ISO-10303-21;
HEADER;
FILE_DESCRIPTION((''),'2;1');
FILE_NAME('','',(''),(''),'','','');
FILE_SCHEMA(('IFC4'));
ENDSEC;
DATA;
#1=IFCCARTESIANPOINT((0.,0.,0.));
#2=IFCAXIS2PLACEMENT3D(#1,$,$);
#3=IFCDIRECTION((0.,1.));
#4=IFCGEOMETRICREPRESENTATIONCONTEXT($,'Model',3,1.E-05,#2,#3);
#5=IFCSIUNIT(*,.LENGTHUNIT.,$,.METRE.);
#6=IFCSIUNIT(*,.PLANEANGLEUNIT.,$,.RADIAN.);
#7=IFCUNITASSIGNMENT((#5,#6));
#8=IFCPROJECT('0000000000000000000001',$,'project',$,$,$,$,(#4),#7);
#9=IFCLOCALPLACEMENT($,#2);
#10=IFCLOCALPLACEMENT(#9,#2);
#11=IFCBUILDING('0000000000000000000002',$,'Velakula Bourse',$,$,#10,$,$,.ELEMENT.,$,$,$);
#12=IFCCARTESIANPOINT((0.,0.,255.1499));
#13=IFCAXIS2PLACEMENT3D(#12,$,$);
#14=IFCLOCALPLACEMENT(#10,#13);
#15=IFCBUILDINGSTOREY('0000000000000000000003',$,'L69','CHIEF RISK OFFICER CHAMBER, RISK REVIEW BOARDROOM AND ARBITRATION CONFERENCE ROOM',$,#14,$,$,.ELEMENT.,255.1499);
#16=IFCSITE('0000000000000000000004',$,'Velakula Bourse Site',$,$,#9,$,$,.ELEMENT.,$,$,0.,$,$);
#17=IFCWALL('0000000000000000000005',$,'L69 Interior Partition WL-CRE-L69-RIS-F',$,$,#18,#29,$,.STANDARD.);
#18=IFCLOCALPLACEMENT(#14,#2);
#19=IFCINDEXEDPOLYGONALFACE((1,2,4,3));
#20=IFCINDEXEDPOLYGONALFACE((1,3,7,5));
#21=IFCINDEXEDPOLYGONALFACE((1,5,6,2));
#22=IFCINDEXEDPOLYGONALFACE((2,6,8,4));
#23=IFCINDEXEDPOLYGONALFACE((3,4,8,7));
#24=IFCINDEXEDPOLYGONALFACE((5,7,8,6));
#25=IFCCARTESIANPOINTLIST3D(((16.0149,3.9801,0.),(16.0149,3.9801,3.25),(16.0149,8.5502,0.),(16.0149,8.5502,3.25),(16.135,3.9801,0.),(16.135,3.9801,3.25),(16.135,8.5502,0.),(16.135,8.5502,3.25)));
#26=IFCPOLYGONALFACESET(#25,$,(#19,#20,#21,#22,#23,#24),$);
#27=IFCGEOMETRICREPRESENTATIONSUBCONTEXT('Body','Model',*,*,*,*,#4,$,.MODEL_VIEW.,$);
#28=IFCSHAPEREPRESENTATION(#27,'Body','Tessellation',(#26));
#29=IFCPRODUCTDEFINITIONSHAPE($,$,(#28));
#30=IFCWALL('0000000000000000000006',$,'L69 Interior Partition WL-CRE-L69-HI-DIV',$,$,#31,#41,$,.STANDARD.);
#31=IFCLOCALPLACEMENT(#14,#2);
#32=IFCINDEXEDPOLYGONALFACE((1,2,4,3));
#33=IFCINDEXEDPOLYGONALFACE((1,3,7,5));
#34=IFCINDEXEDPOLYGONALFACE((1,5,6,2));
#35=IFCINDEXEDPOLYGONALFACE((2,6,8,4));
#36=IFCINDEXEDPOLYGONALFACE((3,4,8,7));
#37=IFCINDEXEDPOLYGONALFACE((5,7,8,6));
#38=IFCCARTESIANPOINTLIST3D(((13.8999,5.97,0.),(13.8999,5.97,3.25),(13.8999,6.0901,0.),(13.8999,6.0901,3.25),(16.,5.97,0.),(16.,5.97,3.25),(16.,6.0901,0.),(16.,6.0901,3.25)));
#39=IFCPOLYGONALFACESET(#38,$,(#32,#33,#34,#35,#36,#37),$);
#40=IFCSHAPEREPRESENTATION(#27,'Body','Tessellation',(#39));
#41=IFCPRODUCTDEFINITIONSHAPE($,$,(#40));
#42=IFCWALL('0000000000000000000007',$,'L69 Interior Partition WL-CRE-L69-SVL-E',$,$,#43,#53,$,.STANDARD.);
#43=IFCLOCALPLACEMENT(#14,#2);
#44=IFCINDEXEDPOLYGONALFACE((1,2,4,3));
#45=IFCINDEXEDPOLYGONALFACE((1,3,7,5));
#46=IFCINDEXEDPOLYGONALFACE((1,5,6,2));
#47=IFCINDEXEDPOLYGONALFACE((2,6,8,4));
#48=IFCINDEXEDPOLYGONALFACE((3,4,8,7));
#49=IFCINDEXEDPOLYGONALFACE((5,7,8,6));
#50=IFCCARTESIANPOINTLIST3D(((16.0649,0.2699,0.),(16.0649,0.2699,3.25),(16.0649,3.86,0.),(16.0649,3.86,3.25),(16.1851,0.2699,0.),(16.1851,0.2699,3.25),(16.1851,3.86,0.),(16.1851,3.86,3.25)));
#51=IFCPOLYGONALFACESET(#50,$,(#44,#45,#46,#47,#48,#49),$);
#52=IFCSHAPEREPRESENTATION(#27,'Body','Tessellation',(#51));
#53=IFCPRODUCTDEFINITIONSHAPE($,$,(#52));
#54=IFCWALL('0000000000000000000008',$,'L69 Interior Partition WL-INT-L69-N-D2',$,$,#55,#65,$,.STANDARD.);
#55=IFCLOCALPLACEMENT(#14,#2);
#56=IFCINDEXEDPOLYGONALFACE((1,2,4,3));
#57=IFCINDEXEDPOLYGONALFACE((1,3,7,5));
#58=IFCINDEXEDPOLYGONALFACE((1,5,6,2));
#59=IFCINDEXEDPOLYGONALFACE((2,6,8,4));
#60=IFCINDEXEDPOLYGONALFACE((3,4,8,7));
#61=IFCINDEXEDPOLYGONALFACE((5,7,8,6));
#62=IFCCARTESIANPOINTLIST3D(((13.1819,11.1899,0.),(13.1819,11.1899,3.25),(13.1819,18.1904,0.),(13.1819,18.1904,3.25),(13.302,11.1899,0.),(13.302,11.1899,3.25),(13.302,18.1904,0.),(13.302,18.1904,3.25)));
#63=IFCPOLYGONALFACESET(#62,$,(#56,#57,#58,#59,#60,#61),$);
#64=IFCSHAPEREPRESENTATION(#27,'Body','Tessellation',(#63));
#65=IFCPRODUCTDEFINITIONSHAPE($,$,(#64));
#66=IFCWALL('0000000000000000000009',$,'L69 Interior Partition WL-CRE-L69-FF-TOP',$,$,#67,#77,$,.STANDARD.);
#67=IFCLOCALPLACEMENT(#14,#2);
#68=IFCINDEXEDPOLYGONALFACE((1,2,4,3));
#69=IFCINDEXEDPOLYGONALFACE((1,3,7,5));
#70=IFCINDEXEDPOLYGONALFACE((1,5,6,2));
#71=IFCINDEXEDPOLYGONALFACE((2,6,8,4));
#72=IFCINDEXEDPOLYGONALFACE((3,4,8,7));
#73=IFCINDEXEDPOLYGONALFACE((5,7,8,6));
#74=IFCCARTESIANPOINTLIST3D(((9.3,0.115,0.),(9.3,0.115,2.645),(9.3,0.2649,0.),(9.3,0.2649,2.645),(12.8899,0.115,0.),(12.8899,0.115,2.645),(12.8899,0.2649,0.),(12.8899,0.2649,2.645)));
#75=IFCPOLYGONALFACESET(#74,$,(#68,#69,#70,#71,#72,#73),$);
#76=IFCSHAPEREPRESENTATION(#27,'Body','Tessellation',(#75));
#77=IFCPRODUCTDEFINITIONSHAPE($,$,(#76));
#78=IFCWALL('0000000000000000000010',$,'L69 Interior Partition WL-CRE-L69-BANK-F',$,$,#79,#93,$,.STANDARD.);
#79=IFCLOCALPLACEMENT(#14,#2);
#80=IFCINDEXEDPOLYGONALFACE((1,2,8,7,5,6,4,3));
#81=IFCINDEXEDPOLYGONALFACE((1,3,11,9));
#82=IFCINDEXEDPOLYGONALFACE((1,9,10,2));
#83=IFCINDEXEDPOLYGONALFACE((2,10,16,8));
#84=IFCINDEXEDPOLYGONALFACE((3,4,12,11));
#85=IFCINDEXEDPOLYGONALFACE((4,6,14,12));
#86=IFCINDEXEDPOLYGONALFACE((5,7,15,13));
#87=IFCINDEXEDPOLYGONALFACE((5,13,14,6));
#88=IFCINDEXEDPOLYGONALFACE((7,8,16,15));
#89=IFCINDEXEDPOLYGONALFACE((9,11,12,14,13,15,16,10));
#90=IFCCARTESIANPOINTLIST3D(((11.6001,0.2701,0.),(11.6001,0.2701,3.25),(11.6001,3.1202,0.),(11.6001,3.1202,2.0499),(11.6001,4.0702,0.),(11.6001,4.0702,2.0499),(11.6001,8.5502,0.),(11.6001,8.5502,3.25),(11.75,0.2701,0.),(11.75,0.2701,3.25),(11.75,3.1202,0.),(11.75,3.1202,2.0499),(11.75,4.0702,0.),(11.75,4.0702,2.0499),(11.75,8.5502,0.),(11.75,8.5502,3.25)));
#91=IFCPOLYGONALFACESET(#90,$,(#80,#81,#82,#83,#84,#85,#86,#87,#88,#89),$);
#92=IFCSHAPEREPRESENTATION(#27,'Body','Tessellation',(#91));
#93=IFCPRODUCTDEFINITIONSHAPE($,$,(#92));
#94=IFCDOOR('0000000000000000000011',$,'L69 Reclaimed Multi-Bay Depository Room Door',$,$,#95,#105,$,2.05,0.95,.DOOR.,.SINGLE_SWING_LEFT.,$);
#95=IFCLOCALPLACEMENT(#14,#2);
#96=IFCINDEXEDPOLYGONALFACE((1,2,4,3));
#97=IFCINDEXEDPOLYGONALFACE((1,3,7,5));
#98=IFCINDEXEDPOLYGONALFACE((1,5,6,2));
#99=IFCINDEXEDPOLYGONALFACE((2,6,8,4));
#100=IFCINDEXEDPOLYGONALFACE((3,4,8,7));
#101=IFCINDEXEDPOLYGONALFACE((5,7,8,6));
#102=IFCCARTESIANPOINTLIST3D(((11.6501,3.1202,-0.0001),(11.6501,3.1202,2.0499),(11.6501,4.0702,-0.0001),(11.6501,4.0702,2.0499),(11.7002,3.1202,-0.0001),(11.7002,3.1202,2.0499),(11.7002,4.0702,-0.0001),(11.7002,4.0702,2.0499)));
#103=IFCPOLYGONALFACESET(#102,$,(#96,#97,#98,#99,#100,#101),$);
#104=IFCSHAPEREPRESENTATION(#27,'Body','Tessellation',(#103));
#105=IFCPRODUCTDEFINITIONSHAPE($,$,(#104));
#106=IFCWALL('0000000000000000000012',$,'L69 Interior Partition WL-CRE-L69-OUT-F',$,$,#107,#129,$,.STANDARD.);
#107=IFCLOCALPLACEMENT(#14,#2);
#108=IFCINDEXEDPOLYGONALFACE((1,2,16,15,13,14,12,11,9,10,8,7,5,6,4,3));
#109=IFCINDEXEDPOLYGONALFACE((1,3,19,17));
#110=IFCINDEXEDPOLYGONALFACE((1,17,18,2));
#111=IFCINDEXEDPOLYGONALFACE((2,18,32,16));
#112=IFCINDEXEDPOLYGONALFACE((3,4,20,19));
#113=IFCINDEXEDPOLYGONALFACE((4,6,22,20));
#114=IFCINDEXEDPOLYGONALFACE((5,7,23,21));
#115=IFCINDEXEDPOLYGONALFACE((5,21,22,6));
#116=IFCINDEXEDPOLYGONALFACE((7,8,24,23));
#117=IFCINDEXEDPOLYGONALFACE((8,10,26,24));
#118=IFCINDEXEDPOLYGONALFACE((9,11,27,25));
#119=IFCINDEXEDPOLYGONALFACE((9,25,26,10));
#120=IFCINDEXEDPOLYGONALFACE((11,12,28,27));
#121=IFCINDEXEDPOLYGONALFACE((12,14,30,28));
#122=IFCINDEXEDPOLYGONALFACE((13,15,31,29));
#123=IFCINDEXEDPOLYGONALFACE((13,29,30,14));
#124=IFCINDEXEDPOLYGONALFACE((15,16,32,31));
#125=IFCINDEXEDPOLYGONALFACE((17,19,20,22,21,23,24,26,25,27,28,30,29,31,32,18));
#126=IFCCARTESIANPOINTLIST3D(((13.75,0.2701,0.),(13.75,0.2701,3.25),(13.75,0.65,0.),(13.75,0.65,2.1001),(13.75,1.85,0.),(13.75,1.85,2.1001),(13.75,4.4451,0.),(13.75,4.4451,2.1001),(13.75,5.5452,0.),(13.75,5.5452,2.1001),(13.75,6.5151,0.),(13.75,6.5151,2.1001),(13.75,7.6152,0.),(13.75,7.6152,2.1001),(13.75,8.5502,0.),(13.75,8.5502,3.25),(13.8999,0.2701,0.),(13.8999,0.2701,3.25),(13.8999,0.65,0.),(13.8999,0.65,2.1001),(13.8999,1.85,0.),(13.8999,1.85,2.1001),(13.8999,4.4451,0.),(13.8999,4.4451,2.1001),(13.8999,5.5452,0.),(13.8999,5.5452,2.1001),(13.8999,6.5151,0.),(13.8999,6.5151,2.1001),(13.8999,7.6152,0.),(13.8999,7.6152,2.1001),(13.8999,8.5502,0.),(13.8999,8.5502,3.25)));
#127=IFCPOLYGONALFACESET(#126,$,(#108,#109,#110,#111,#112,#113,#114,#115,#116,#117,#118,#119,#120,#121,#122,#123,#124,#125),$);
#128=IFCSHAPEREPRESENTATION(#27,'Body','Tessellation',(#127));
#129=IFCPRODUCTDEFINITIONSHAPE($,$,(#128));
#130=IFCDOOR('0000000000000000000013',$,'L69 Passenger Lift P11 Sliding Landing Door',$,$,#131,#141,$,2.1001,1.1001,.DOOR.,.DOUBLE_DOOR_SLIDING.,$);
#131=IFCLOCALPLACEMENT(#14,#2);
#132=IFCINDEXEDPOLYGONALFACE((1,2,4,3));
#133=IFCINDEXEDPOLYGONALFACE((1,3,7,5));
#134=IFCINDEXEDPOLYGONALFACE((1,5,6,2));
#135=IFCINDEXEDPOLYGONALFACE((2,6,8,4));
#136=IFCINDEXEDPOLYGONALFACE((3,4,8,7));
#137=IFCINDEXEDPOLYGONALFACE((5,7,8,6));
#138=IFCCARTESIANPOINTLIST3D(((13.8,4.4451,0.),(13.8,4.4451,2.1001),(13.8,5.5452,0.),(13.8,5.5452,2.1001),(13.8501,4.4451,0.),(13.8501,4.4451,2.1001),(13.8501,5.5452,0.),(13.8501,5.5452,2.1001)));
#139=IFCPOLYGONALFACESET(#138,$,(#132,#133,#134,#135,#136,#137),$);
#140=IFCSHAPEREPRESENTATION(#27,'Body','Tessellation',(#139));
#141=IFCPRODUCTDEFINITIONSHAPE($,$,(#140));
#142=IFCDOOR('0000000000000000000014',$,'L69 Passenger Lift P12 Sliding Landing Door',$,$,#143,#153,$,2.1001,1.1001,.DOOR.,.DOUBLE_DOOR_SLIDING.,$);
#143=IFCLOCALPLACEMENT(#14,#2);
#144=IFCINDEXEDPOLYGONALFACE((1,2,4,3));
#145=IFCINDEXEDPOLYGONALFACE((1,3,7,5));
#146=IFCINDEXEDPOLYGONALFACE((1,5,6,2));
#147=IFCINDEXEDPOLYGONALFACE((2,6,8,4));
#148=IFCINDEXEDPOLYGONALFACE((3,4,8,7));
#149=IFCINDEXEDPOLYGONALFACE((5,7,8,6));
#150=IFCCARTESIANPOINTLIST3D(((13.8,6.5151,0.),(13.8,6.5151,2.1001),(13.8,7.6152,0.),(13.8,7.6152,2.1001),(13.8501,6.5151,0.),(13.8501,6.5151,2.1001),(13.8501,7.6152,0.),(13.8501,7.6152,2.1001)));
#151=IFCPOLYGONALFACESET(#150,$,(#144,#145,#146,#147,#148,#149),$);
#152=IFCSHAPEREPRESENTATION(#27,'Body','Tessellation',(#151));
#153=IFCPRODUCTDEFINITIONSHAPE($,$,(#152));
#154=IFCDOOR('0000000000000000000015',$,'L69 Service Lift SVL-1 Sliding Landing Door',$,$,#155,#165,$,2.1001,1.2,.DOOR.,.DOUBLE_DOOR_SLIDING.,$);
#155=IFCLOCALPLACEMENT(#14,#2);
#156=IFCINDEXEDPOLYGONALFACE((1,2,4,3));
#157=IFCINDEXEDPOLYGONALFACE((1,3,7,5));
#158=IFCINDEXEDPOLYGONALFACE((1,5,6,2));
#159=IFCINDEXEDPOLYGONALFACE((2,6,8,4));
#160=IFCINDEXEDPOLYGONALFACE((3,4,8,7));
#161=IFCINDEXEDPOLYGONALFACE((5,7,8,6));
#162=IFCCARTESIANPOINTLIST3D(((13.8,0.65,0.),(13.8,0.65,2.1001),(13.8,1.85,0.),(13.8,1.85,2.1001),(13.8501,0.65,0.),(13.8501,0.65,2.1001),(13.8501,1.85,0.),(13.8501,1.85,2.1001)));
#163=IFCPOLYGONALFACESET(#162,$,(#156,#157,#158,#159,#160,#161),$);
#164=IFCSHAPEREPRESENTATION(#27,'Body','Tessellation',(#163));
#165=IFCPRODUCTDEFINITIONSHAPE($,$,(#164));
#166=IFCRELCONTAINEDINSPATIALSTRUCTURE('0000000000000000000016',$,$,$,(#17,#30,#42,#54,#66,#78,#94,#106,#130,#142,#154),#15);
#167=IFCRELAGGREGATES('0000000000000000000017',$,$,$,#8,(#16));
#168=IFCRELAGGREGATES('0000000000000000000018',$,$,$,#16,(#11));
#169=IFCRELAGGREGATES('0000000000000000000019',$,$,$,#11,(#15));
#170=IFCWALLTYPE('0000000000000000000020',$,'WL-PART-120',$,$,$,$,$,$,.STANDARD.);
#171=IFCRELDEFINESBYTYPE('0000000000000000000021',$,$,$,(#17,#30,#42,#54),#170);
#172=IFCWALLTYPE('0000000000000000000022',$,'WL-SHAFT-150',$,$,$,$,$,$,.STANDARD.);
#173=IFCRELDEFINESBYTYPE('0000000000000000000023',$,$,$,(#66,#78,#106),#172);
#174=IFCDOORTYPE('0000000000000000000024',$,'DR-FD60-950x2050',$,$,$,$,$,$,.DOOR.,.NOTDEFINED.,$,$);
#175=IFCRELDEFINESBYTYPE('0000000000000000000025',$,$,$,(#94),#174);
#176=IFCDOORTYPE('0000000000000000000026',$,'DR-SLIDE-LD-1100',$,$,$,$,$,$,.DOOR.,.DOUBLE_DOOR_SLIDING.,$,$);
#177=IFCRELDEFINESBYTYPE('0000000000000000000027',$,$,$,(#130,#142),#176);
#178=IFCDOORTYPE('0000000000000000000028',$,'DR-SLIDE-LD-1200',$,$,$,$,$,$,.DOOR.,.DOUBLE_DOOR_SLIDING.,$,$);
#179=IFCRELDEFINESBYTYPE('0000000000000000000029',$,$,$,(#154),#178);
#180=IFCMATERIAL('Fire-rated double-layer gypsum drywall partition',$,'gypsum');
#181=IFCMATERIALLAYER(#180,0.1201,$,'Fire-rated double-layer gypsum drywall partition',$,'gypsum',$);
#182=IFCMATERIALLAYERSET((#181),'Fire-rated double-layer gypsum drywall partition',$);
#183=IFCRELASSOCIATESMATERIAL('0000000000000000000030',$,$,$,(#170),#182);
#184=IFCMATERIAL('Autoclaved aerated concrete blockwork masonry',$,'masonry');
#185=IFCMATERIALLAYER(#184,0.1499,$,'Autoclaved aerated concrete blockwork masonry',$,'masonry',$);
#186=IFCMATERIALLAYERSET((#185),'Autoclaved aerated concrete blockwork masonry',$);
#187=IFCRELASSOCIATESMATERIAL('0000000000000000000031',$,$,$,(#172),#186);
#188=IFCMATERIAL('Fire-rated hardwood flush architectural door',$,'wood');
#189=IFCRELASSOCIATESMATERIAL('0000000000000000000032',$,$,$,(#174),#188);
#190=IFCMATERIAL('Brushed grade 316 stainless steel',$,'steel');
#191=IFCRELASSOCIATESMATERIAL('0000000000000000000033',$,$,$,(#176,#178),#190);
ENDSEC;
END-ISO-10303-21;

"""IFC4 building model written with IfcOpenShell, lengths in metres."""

from ifc_helpers import new_model, si_unit, direction, frame, frame_2d, origin, place, context, subcontext, project, spatial, rectangle, extrude, material, layer, layer_set, type_object, element, fill, save


model = new_model("IFC4")

# Units and contexts
model_context = context("Model", 3, precision=1e-05, world=origin(), true_north=direction((0.0, 1.0)))
body_context = subcontext(model_context, "Body", "Model", "MODEL_VIEW")
ifc_project = project(units=[si_unit("LENGTHUNIT", "METRE"), si_unit("PLANEANGLEUNIT", "RADIAN")], contexts=[model_context])

# Site, building, storey
site_placement = place(None, origin())
site = spatial("IfcSite", under=ifc_project, at=site_placement, Name="Velakula Bourse Site", CompositionType="ELEMENT", RefElevation=0.0)
building_placement = place(site_placement, origin())
building = spatial("IfcBuilding", under=site, at=building_placement, Name="Velakula Bourse", CompositionType="ELEMENT")
storey_placement = place(building_placement, frame((0.0, 0.0, 255.1499)))
storey = spatial("IfcBuildingStorey", under=building, at=storey_placement, Name="L69", Description="CHIEF RISK OFFICER CHAMBER, RISK REVIEW BOARDROOM AND ARBITRATION CONFERENCE ROOM", CompositionType="ELEMENT", Elevation=255.1499)

# Walls
ifc_material_1 = material(Name="Fire-rated double-layer gypsum drywall partition", Category="gypsum")
ifc_layer_1 = layer(ifc_material_1, 0.1201, Name="Fire-rated double-layer gypsum drywall partition", Category="gypsum")
ifc_layer_set_1 = layer_set([ifc_layer_1], Name="Fire-rated double-layer gypsum drywall partition")
wall_type_1 = type_object("IfcWallType", Name="WL-PART-120", PredefinedType="STANDARD", material=ifc_layer_set_1)
wall_1_placement = place(storey_placement, frame((16.075, 3.98, 0.0), z_axis=(0.0, 0.0, 1.0), x_axis=(0.0, 1.0, 0.0)))
element("IfcWall", 1, at=wall_1_placement, inside=storey, type_object=wall_type_1, Name="L69 Interior Partition WL-CRE-L69-RIS-F", PredefinedType="STANDARD", context=body_context, shape_type="SweptSolid", body=[
    extrude(rectangle(XDim=4.5701, YDim=0.1201, at=frame_2d((2.2852, 0.0))), origin(), (0.0, 0.0, 1.0), 3.25),
])
wall_2_placement = place(storey_placement, frame((13.8999, 6.03, 0.0), z_axis=(0.0, 0.0, 1.0), x_axis=(1.0, 0.0, 0.0)))
element("IfcWall", 2, at=wall_2_placement, inside=storey, type_object=wall_type_1, Name="L69 Interior Partition WL-CRE-L69-HI-DIV", PredefinedType="STANDARD", context=body_context, shape_type="SweptSolid", body=[
    extrude(rectangle(XDim=2.1001, YDim=0.1201, at=frame_2d((1.05, 0.0))), origin(), (0.0, 0.0, 1.0), 3.25),
])
wall_3_placement = place(storey_placement, frame((16.125, 0.27, 0.0), z_axis=(0.0, 0.0, 1.0), x_axis=(0.0, 1.0, 0.0)))
element("IfcWall", 3, at=wall_3_placement, inside=storey, type_object=wall_type_1, Name="L69 Interior Partition WL-CRE-L69-SVL-E", PredefinedType="STANDARD", context=body_context, shape_type="SweptSolid", body=[
    extrude(rectangle(XDim=3.5901, YDim=0.1201, at=frame_2d((1.7949, 0.0))), origin(), (0.0, 0.0, 1.0), 3.25),
])
wall_4_placement = place(storey_placement, frame((13.2419, 11.1899, 0.0), z_axis=(0.0, 0.0, 1.0), x_axis=(0.0, 1.0, 0.0)))
element("IfcWall", 4, at=wall_4_placement, inside=storey, type_object=wall_type_1, Name="L69 Interior Partition WL-INT-L69-N-D2", PredefinedType="STANDARD", context=body_context, shape_type="SweptSolid", body=[
    extrude(rectangle(XDim=7.0005, YDim=0.1201, at=frame_2d((3.5002, 0.0))), origin(), (0.0, 0.0, 1.0), 3.25),
])
ifc_material_2 = material(Name="Autoclaved aerated concrete blockwork masonry", Category="masonry")
ifc_layer_2 = layer(ifc_material_2, 0.1499, Name="Autoclaved aerated concrete blockwork masonry", Category="masonry")
ifc_layer_set_2 = layer_set([ifc_layer_2], Name="Autoclaved aerated concrete blockwork masonry")
wall_type_2 = type_object("IfcWallType", Name="WL-SHAFT-150", PredefinedType="STANDARD", material=ifc_layer_set_2)
wall_5_placement = place(storey_placement, frame((9.3, 0.1899, 0.0), z_axis=(0.0, 0.0, 1.0), x_axis=(1.0, 0.0, 0.0)))
element("IfcWall", 5, at=wall_5_placement, inside=storey, type_object=wall_type_2, Name="L69 Interior Partition WL-CRE-L69-FF-TOP", PredefinedType="STANDARD", context=body_context, shape_type="SweptSolid", body=[
    extrude(rectangle(XDim=3.5898, YDim=0.1499, at=frame_2d((1.7949, 0.0))), origin(), (0.0, 0.0, 1.0), 2.645),
])

# Wall, opening, door
wall_6_placement = place(storey_placement, frame((11.675, 0.27, 0.0), z_axis=(0.0, 0.0, 1.0), x_axis=(0.0, 1.0, 0.0)))
wall_6 = element("IfcWall", 6, at=wall_6_placement, inside=storey, type_object=wall_type_2, Name="L69 Interior Partition WL-CRE-L69-BANK-F", PredefinedType="STANDARD", context=body_context, shape_type="SweptSolid", body=[
    extrude(rectangle(XDim=8.28, YDim=0.1499, at=frame_2d((4.1401, 0.0))), origin(), (0.0, 0.0, 1.0), 3.25),
])
opening_1_placement = place(wall_6_placement, frame((2.8501, 0.0, 0.0)))
opening_1 = element("IfcOpeningElement", 7, at=opening_1_placement, cuts=wall_6, PredefinedType="OPENING", context=body_context, shape_type="SweptSolid", body=[
    extrude(rectangle(XDim=0.95, YDim=2.05, at=frame_2d((0.4751, 1.0249))), frame((0.0, 0.085, 0.0), z_axis=(0.0, -1.0, 0.0), x_axis=(1.0, 0.0, 0.0)), (0.0, 0.0, 1.0), 0.1699),
])
ifc_material_3 = material(Name="Fire-rated hardwood flush architectural door", Category="wood")
door_type_1 = type_object("IfcDoorType", Name="DR-FD60-950x2050", OperationType="NOTDEFINED", PredefinedType="DOOR", material=ifc_material_3)
door_1_placement = place(opening_1_placement, origin())
door_1 = element("IfcDoor", 8, at=door_1_placement, inside=storey, type_object=door_type_1, Name="L69 Reclaimed Multi-Bay Depository Room Door", OperationType="SINGLE_SWING_LEFT", OverallHeight=2.05, OverallWidth=0.95, PredefinedType="DOOR", context=body_context, shape_type="SweptSolid", body=[
    extrude(rectangle(XDim=0.95, YDim=2.05, at=frame_2d((0.4751, 1.0249))), frame((0.0, 0.0249, 0.0), z_axis=(0.0, -1.0, 0.0), x_axis=(1.0, 0.0, 0.0)), (0.0, 0.0, 1.0), 0.05),
])
fill(opening_1, door_1)

# Wall, openings, doors
wall_7_placement = place(storey_placement, frame((13.825, 0.27, 0.0), z_axis=(0.0, 0.0, 1.0), x_axis=(0.0, 1.0, 0.0)))
wall_7 = element("IfcWall", 9, at=wall_7_placement, inside=storey, type_object=wall_type_2, Name="L69 Interior Partition WL-CRE-L69-OUT-F", PredefinedType="STANDARD", context=body_context, shape_type="SweptSolid", body=[
    extrude(rectangle(XDim=8.28, YDim=0.1499, at=frame_2d((4.1401, 0.0))), origin(), (0.0, 0.0, 1.0), 3.25),
])
opening_2_placement = place(wall_7_placement, frame((4.175, 0.0, 0.0)))
opening_2 = element("IfcOpeningElement", 10, at=opening_2_placement, cuts=wall_7, PredefinedType="OPENING", context=body_context, shape_type="SweptSolid", body=[
    extrude(rectangle(XDim=1.1001, YDim=2.1001, at=frame_2d((0.55, 1.05))), frame((0.0, 0.085, 0.0), z_axis=(0.0, -1.0, 0.0), x_axis=(1.0, 0.0, 0.0)), (0.0, 0.0, 1.0), 0.1699),
])
opening_3_placement = place(wall_7_placement, frame((6.2451, 0.0, 0.0)))
opening_3 = element("IfcOpeningElement", 11, at=opening_3_placement, cuts=wall_7, PredefinedType="OPENING", context=body_context, shape_type="SweptSolid", body=[
    extrude(rectangle(XDim=1.1001, YDim=2.1001, at=frame_2d((0.55, 1.05))), frame((0.0, 0.085, 0.0), z_axis=(0.0, -1.0, 0.0), x_axis=(1.0, 0.0, 0.0)), (0.0, 0.0, 1.0), 0.1699),
])
opening_4_placement = place(wall_7_placement, frame((0.3799, 0.0, 0.0)))
opening_4 = element("IfcOpeningElement", 12, at=opening_4_placement, cuts=wall_7, PredefinedType="OPENING", context=body_context, shape_type="SweptSolid", body=[
    extrude(rectangle(XDim=1.2, YDim=2.1001, at=frame_2d((0.6001, 1.05))), frame((0.0, 0.085, 0.0), z_axis=(0.0, -1.0, 0.0), x_axis=(1.0, 0.0, 0.0)), (0.0, 0.0, 1.0), 0.1699),
])
ifc_material_4 = material(Name="Brushed grade 316 stainless steel", Category="steel")
door_type_2 = type_object("IfcDoorType", Name="DR-SLIDE-LD-1100", OperationType="DOUBLE_DOOR_SLIDING", PredefinedType="DOOR", material=ifc_material_4)
door_2_placement = place(opening_2_placement, origin())
door_2 = element("IfcDoor", 13, at=door_2_placement, inside=storey, type_object=door_type_2, Name="L69 Passenger Lift P11 Sliding Landing Door", OperationType="DOUBLE_DOOR_SLIDING", OverallHeight=2.1001, OverallWidth=1.1001, PredefinedType="DOOR", context=body_context, shape_type="SweptSolid", body=[
    extrude(rectangle(XDim=1.1001, YDim=2.1001, at=frame_2d((0.55, 1.05))), frame((0.0, 0.0249, 0.0), z_axis=(0.0, -1.0, 0.0), x_axis=(1.0, 0.0, 0.0)), (0.0, 0.0, 1.0), 0.05),
])
fill(opening_2, door_2)
door_3_placement = place(opening_3_placement, origin())
door_3 = element("IfcDoor", 14, at=door_3_placement, inside=storey, type_object=door_type_2, Name="L69 Passenger Lift P12 Sliding Landing Door", OperationType="DOUBLE_DOOR_SLIDING", OverallHeight=2.1001, OverallWidth=1.1001, PredefinedType="DOOR", context=body_context, shape_type="SweptSolid", body=[
    extrude(rectangle(XDim=1.1001, YDim=2.1001, at=frame_2d((0.55, 1.05))), frame((0.0, 0.0249, 0.0), z_axis=(0.0, -1.0, 0.0), x_axis=(1.0, 0.0, 0.0)), (0.0, 0.0, 1.0), 0.05),
])
fill(opening_3, door_3)
door_type_3 = type_object("IfcDoorType", Name="DR-SLIDE-LD-1200", OperationType="DOUBLE_DOOR_SLIDING", PredefinedType="DOOR", material=ifc_material_4)
door_4_placement = place(opening_4_placement, origin())
door_4 = element("IfcDoor", 15, at=door_4_placement, inside=storey, type_object=door_type_3, Name="L69 Service Lift SVL-1 Sliding Landing Door", OperationType="DOUBLE_DOOR_SLIDING", OverallHeight=2.1001, OverallWidth=1.2, PredefinedType="DOOR", context=body_context, shape_type="SweptSolid", body=[
    extrude(rectangle(XDim=1.2, YDim=2.1001, at=frame_2d((0.6001, 1.05))), frame((0.0, 0.0249, 0.0), z_axis=(0.0, -1.0, 0.0), x_axis=(1.0, 0.0, 0.0)), (0.0, 0.0, 1.0), 0.05),
])
fill(opening_4, door_4)

save(model, "model.ifc")
